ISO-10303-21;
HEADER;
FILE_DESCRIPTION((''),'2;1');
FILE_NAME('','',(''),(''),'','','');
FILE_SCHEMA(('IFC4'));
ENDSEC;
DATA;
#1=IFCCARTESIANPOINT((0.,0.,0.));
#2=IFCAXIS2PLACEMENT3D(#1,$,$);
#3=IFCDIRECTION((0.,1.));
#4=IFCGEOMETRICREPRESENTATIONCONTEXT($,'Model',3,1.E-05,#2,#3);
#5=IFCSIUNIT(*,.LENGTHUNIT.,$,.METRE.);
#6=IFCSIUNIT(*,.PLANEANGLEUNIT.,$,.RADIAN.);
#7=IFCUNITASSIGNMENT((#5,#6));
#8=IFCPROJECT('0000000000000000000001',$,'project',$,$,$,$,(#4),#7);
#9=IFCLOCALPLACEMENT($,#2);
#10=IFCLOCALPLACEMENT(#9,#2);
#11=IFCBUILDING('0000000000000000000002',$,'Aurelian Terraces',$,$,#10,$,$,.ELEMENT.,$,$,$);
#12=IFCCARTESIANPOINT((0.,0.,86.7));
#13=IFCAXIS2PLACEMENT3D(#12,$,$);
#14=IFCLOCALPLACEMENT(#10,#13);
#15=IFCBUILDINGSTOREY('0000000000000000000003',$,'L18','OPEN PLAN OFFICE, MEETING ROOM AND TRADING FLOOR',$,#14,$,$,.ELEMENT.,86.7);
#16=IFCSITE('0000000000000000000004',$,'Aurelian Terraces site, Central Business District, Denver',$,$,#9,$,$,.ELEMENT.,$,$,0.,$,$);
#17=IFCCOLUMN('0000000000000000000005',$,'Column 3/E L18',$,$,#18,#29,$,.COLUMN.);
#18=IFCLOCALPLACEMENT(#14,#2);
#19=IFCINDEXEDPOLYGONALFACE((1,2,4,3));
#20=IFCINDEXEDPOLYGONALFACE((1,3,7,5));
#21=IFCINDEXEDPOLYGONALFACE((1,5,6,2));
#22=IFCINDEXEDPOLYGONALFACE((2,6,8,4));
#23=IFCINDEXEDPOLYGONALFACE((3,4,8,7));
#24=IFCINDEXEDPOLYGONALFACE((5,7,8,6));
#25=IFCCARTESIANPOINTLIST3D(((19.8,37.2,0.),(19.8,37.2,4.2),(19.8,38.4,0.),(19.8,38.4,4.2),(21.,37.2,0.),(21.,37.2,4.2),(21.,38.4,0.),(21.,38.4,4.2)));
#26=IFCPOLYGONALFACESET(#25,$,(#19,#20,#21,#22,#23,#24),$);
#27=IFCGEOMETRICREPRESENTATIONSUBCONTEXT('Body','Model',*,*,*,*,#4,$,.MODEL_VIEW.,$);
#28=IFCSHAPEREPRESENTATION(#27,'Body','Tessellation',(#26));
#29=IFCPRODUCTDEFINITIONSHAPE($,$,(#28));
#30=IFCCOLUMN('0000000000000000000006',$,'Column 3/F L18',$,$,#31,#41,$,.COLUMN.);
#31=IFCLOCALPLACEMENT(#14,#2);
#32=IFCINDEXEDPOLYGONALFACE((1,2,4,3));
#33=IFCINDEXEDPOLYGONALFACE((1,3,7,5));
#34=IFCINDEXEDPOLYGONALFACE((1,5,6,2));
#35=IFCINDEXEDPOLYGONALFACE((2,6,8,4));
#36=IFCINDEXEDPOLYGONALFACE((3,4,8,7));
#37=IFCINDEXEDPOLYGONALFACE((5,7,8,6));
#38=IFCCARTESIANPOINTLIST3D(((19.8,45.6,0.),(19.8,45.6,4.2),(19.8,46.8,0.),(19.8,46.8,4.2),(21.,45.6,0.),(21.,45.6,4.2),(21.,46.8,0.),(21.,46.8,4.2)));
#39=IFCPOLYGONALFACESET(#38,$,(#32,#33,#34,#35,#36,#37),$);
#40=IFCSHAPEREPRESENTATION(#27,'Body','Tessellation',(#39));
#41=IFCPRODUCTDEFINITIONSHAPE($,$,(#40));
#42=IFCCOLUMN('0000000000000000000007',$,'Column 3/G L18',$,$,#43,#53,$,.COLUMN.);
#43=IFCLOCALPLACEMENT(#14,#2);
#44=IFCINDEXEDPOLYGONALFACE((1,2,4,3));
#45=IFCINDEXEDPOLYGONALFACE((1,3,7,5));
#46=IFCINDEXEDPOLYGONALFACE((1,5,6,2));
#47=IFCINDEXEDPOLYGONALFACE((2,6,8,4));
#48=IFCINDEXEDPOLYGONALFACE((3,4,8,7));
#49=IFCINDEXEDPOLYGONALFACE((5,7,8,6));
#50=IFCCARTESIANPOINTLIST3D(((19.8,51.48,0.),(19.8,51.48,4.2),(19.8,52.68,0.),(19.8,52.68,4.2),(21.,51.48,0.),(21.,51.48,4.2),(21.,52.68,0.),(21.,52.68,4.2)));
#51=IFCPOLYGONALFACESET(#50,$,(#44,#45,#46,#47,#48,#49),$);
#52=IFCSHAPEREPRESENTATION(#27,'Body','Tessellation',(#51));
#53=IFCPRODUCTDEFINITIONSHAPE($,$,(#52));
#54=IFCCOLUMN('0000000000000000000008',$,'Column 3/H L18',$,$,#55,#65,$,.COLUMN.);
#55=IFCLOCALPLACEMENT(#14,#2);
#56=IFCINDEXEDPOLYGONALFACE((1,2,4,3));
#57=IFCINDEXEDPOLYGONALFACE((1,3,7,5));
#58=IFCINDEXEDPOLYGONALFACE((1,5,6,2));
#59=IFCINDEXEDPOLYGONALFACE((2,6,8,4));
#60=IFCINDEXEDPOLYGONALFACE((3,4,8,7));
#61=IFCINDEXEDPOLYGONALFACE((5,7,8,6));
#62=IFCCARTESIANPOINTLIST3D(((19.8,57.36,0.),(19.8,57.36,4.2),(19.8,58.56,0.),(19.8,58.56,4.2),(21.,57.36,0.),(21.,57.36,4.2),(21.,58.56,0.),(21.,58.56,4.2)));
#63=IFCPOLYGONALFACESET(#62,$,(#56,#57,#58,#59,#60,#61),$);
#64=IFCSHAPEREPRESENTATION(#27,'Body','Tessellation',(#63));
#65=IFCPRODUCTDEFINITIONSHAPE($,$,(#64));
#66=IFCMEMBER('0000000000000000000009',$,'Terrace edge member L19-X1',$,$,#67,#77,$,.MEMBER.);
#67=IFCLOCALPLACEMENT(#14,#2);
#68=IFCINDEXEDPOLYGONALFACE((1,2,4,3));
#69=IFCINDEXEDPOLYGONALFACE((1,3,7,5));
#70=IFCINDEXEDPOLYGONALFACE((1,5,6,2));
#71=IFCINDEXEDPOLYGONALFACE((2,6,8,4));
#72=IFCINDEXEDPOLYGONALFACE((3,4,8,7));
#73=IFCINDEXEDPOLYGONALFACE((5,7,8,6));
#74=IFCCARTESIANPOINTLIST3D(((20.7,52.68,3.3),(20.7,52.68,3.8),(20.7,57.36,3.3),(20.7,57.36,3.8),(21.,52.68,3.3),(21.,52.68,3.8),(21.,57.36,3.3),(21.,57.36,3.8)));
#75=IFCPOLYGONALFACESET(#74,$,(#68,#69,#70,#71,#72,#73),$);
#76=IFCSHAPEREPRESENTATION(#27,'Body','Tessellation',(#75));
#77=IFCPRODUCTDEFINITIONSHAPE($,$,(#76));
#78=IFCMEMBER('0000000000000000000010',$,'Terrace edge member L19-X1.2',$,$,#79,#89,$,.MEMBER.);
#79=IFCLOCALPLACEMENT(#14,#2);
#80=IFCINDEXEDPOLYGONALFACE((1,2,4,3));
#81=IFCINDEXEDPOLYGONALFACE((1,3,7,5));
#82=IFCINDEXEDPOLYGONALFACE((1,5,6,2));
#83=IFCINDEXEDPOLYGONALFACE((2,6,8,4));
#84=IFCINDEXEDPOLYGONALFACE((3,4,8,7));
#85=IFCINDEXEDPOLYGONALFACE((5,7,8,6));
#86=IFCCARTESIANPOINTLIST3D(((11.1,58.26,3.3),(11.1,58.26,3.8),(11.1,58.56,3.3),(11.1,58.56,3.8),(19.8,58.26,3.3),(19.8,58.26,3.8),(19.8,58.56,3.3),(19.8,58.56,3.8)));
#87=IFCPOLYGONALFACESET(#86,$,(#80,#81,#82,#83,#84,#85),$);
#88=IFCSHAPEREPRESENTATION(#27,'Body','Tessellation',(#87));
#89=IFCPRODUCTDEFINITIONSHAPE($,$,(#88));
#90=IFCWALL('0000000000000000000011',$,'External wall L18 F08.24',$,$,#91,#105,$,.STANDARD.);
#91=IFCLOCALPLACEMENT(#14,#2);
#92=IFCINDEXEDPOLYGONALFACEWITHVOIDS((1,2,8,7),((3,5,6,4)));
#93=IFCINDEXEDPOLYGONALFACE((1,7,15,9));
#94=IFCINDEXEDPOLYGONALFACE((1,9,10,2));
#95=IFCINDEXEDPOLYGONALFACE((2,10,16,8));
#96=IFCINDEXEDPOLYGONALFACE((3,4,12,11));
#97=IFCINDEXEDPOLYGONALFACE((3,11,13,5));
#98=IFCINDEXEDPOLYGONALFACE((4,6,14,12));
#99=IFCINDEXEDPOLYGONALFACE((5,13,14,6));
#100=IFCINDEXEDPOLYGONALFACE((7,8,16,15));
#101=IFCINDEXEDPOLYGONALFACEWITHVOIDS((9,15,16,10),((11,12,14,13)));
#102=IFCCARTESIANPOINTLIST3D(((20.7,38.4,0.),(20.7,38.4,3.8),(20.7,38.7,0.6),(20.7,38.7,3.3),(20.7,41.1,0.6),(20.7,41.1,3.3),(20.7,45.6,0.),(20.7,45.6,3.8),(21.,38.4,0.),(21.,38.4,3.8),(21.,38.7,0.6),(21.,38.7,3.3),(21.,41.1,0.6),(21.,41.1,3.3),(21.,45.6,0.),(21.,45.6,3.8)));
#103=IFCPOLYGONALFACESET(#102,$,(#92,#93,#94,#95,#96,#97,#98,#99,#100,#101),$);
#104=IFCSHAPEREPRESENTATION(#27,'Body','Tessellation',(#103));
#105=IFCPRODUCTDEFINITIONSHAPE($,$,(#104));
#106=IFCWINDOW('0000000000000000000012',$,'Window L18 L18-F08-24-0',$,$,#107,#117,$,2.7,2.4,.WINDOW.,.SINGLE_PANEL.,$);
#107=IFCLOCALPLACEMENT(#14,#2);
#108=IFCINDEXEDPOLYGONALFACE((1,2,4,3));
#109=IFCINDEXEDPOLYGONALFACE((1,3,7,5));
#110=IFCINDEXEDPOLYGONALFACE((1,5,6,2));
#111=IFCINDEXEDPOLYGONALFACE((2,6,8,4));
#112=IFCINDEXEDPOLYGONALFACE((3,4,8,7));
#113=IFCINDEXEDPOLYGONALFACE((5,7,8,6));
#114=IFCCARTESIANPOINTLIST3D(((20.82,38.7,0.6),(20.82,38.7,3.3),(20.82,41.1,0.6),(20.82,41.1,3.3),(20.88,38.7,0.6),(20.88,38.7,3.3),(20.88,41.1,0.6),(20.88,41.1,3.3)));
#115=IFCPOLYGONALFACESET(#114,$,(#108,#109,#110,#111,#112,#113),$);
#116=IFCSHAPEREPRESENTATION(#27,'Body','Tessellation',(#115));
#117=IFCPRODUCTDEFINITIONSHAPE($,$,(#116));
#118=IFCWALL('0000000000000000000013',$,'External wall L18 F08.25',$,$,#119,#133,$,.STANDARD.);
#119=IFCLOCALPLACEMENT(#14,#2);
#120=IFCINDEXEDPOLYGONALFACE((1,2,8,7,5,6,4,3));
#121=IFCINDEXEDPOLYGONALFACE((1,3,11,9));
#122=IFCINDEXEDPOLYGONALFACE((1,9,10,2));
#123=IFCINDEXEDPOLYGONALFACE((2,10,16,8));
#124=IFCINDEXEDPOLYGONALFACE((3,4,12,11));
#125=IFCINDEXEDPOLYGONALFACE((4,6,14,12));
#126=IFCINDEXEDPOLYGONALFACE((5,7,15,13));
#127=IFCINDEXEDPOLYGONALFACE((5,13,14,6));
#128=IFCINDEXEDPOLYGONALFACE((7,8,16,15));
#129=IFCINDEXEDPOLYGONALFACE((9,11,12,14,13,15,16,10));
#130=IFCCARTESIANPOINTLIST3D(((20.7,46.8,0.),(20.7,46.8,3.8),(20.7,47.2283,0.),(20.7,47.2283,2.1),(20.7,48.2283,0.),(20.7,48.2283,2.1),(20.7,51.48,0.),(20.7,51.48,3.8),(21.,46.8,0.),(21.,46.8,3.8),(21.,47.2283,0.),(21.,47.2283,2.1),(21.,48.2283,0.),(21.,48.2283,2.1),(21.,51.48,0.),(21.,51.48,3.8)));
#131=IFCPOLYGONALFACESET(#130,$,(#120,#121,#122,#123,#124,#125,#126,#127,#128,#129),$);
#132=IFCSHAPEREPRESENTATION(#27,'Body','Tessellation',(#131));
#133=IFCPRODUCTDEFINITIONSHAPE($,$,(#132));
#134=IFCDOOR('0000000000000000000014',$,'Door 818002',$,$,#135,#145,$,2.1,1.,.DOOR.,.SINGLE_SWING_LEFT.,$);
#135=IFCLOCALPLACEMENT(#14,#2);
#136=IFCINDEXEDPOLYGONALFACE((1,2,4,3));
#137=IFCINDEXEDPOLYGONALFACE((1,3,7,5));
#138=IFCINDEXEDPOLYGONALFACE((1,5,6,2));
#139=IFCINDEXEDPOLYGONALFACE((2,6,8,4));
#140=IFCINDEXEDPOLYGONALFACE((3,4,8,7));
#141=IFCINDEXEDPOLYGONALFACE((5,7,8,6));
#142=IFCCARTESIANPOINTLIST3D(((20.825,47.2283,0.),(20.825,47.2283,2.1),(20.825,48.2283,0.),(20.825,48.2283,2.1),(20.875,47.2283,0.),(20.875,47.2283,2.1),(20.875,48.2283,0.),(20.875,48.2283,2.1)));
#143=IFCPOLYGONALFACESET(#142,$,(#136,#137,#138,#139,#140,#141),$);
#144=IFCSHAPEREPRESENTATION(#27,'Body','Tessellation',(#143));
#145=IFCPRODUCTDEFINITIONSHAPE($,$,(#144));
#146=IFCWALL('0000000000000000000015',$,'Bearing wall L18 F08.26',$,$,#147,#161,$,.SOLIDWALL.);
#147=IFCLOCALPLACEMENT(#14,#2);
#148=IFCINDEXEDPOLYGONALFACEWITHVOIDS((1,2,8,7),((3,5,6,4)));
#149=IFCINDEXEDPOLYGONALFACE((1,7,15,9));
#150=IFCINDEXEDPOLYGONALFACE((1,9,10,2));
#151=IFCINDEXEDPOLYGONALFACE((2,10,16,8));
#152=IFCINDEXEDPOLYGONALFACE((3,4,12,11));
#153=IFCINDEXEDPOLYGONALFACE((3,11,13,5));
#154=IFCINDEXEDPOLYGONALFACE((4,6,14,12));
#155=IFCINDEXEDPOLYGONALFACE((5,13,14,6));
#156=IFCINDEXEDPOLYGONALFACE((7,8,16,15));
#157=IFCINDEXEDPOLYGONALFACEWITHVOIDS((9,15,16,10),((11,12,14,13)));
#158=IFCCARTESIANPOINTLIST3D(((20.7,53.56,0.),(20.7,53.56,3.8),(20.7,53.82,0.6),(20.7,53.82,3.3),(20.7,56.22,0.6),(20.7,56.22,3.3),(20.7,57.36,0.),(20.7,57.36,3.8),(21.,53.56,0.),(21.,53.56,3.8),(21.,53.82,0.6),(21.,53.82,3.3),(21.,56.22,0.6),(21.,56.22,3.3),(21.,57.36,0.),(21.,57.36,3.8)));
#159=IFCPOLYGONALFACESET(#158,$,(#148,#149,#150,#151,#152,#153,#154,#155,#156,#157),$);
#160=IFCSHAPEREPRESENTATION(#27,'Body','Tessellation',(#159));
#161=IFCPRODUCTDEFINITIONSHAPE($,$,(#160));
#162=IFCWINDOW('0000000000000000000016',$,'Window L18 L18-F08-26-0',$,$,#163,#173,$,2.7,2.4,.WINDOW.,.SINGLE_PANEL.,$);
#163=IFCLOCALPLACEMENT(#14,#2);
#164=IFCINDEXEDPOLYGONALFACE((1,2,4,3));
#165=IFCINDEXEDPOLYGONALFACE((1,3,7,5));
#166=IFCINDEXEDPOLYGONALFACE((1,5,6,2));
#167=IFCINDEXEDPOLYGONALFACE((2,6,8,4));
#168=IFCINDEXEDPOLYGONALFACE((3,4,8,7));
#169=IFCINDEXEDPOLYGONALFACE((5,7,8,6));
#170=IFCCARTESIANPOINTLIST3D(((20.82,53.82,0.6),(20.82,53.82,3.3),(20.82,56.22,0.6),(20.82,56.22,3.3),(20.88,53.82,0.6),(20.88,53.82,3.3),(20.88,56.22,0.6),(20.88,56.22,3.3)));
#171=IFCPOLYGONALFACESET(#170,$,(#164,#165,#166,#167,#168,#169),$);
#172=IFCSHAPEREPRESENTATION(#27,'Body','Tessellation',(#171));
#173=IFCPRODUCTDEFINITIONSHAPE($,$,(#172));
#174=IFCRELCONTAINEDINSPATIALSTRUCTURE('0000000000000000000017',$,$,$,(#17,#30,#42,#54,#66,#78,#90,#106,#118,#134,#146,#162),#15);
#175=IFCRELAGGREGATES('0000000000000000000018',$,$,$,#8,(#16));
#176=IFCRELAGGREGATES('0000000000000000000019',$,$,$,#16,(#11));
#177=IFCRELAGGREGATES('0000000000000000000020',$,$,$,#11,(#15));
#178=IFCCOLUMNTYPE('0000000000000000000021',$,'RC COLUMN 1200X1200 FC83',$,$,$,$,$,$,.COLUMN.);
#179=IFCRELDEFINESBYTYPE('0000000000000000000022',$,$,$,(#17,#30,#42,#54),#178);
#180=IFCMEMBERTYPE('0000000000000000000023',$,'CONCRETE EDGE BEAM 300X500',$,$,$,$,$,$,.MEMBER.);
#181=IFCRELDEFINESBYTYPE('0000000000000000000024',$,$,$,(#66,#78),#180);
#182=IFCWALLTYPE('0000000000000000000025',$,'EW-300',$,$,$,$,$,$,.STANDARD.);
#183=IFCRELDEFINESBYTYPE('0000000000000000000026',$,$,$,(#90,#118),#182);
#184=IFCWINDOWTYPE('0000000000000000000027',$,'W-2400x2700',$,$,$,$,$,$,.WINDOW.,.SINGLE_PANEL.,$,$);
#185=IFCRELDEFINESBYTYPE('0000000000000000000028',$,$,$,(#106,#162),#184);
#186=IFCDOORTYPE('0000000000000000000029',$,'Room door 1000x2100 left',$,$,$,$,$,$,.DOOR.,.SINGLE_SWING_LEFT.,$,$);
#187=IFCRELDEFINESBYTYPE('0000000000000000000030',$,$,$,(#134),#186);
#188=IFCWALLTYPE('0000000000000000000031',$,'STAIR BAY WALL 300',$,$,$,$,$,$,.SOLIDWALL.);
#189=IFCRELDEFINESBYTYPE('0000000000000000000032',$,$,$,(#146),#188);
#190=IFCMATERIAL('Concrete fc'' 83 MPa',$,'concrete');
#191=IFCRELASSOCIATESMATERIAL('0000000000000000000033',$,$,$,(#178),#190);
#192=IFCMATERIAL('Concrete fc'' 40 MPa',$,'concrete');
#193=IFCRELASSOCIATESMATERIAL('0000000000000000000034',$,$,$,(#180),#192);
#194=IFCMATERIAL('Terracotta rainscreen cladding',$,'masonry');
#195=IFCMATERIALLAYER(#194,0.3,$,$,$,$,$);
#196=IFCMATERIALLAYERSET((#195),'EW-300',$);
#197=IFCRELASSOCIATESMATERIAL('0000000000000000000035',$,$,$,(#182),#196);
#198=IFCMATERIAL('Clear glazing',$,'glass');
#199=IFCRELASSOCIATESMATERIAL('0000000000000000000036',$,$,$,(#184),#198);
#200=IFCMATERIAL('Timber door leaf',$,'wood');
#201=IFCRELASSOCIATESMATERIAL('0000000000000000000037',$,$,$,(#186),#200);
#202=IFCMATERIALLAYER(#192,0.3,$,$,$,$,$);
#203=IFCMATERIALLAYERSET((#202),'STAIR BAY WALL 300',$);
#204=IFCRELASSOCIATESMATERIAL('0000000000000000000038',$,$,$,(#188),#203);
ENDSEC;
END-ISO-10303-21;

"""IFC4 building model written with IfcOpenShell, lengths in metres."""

from ifc_helpers import new_model, si_unit, direction, frame, frame_2d, origin, origin_2d, place, context, subcontext, project, spatial, rectangle, extrude, source, transform, mapped, material, layer, layer_set, material_profile, profile_set, type_object, element, fill, save


model = new_model("IFC4")

# Units and contexts
model_context = context("Model", 3, precision=1e-05, world=origin(), true_north=direction((0.0, 1.0)))
body_context = subcontext(model_context, "Body", "Model", "MODEL_VIEW")
ifc_project = project(units=[si_unit("LENGTHUNIT", "METRE"), si_unit("PLANEANGLEUNIT", "RADIAN")], contexts=[model_context])

# Site, building, storey
site_placement = place(None, origin())
site = spatial("IfcSite", under=ifc_project, at=site_placement, Name="Aurelian Terraces site, Central Business District, Denver", CompositionType="ELEMENT", RefElevation=0.0)
building_placement = place(site_placement, origin())
building = spatial("IfcBuilding", under=site, at=building_placement, Name="Aurelian Terraces", CompositionType="ELEMENT")
storey_placement = place(building_placement, frame((0.0, 0.0, 86.7)))
storey = spatial("IfcBuildingStorey", under=building, at=storey_placement, Name="L18", Description="OPEN PLAN OFFICE, MEETING ROOM AND TRADING FLOOR", CompositionType="ELEMENT", Elevation=86.7)

# Columns
ifc_material_1 = material(Name="Concrete fc' 83 MPa", Category="concrete")
ifc_material_profile_1 = material_profile(ifc_material_1, rectangle(XDim=1.2, YDim=1.2, at=origin_2d()))
ifc_profile_set_1 = profile_set([ifc_material_profile_1], Name="Concrete fc' 83 MPa")
column_type = type_object("IfcColumnType", Name="RC COLUMN 1200X1200 FC83", PredefinedType="COLUMN", material=ifc_profile_set_1)
shared_shape_1 = source(origin(), body_context, "Body", "SweptSolid", [
    extrude(rectangle(XDim=1.2, YDim=1.2, at=origin_2d()), origin(), (0.0, 0.0, 1.0), 4.2),
])
for number, where, z_axis, x_axis, name in (
    (1, (20.4, 37.8, 0.0), (0.0, 0.0, 1.0), (1.0, 0.0, 0.0), "Column 3/E L18"),
    (2, (20.4, 46.2, 0.0), (0.0, 0.0, 1.0), (1.0, 0.0, 0.0), "Column 3/F L18"),
    (3, (20.4, 52.08, 0.0), (0.0, 0.0, 1.0), (1.0, 0.0, 0.0), "Column 3/G L18"),
    (4, (20.4, 57.96, 0.0), (0.0, 0.0, 1.0), (1.0, 0.0, 0.0), "Column 3/H L18"),
):
    element("IfcColumn", number, at=place(storey_placement, frame(where, z_axis=z_axis, x_axis=x_axis)), inside=storey, type_object=column_type, Name=name, PredefinedType="COLUMN", context=body_context, shape_type="MappedRepresentation", body=[
        mapped(shared_shape_1, transform((0.0, 0.0, 0.0), scale=1.0)),
    ])

# Members
ifc_material_2 = material(Name="Concrete fc' 40 MPa", Category="concrete")
ifc_material_profile_2 = material_profile(ifc_material_2, rectangle(XDim=0.3, YDim=0.5, at=origin_2d()))
ifc_profile_set_2 = profile_set([ifc_material_profile_2], Name="Concrete fc' 40 MPa")
member_type = type_object("IfcMemberType", Name="CONCRETE EDGE BEAM 300X500", PredefinedType="MEMBER", material=ifc_profile_set_2)
shared_shape_2 = source(origin(), body_context, "Body", "SweptSolid", [
    extrude(rectangle(XDim=0.3, YDim=0.5, at=origin_2d()), origin(), (0.0, 0.0, 1.0), 4.68),
])
member_1_placement = place(storey_placement, frame((20.85, 57.36, 3.55), z_axis=(0.0, -1.0, 0.0), x_axis=(1.0, 0.0, 0.0)))
element("IfcMember", 5, at=member_1_placement, inside=storey, type_object=member_type, Name="Terrace edge member L19-X1", PredefinedType="MEMBER", context=body_context, shape_type="MappedRepresentation", body=[
    mapped(shared_shape_2, transform((0.0, 0.0, 0.0), scale=1.0)),
])
shared_shape_3 = source(origin(), body_context, "Body", "SweptSolid", [
    extrude(rectangle(XDim=0.3, YDim=0.5, at=origin_2d()), origin(), (0.0, 0.0, 1.0), 8.7),
])
member_2_placement = place(storey_placement, frame((19.8, 58.41, 3.55), z_axis=(-1.0, 0.0, 0.0), x_axis=(0.0, -1.0, 0.0)))
element("IfcMember", 6, at=member_2_placement, inside=storey, type_object=member_type, Name="Terrace edge member L19-X1.2", PredefinedType="MEMBER", context=body_context, shape_type="MappedRepresentation", body=[
    mapped(shared_shape_3, transform((0.0, 0.0, 0.0), scale=1.0)),
])

# Wall, opening, window
ifc_material_3 = material(Name="Terracotta rainscreen cladding", Category="masonry")
ifc_layer_1 = layer(ifc_material_3, 0.3)
ifc_layer_set_1 = layer_set([ifc_layer_1], Name="EW-300")
wall_type_1 = type_object("IfcWallType", Name="EW-300", PredefinedType="STANDARD", material=ifc_layer_set_1)
shared_shape_4 = source(origin(), body_context, "Body", "SweptSolid", [
    extrude(rectangle(XDim=7.2, YDim=0.3, at=frame_2d((3.6, 0.0))), origin(), (0.0, 0.0, 1.0), 3.8),
])
wall_1_placement = place(storey_placement, frame((20.85, 38.4, 0.0), z_axis=(0.0, 0.0, 1.0), x_axis=(0.0, 1.0, 0.0)))
wall_1 = element("IfcWall", 7, at=wall_1_placement, inside=storey, type_object=wall_type_1, Name="External wall L18 F08.24", PredefinedType="STANDARD", context=body_context, shape_type="MappedRepresentation", body=[
    mapped(shared_shape_4, transform((0.0, 0.0, 0.0), scale=1.0)),
])
shared_shape_5 = source(origin(), body_context, "Body", "SweptSolid", [
    extrude(rectangle(XDim=2.4, YDim=2.7, at=frame_2d((1.2, 1.35))), frame((0.0, 0.16, 0.0), z_axis=(0.0, -1.0, 0.0), x_axis=(1.0, 0.0, 0.0)), (0.0, 0.0, 1.0), 0.32),
])
opening_1_placement = place(wall_1_placement, frame((0.3, 0.0, 0.6)))
opening_1 = element("IfcOpeningElement", 8, at=opening_1_placement, cuts=wall_1, PredefinedType="OPENING", context=body_context, shape_type="MappedRepresentation", body=[
    mapped(shared_shape_5, transform((0.0, 0.0, 0.0), scale=1.0)),
])
ifc_material_4 = material(Name="Clear glazing", Category="glass")
window_type_1 = type_object("IfcWindowType", Name="W-2400x2700", PartitioningType="SINGLE_PANEL", PredefinedType="WINDOW", material=ifc_material_4)
shared_shape_6 = source(origin(), body_context, "Body", "SweptSolid", [
    extrude(rectangle(XDim=2.4, YDim=2.7, at=frame_2d((1.2, 1.35))), frame((0.0, 0.03, 0.0), z_axis=(0.0, -1.0, 0.0), x_axis=(1.0, 0.0, 0.0)), (0.0, 0.0, 1.0), 0.06),
])
window_1_placement = place(opening_1_placement, origin())
window_1 = element("IfcWindow", 9, at=window_1_placement, inside=storey, type_object=window_type_1, Name="Window L18 L18-F08-24-0", OverallHeight=2.7, OverallWidth=2.4, PartitioningType="SINGLE_PANEL", PredefinedType="WINDOW", context=body_context, shape_type="MappedRepresentation", body=[
    mapped(shared_shape_6, transform((0.0, 0.0, 0.0), scale=1.0)),
])
fill(opening_1, window_1)

# Wall, opening, door
shared_shape_7 = source(origin(), body_context, "Body", "SweptSolid", [
    extrude(rectangle(XDim=4.68, YDim=0.3, at=frame_2d((2.34, 0.0))), origin(), (0.0, 0.0, 1.0), 3.8),
])
wall_2_placement = place(storey_placement, frame((20.85, 46.8, 0.0), z_axis=(0.0, 0.0, 1.0), x_axis=(0.0, 1.0, 0.0)))
wall_2 = element("IfcWall", 10, at=wall_2_placement, inside=storey, type_object=wall_type_1, Name="External wall L18 F08.25", PredefinedType="STANDARD", context=body_context, shape_type="MappedRepresentation", body=[
    mapped(shared_shape_7, transform((0.0, 0.0, 0.0), scale=1.0)),
])
shared_shape_8 = source(origin(), body_context, "Body", "SweptSolid", [
    extrude(rectangle(XDim=1.0, YDim=2.1, at=frame_2d((0.5, 1.05))), frame((0.0, 0.16, 0.0), z_axis=(0.0, -1.0, 0.0), x_axis=(1.0, 0.0, 0.0)), (0.0, 0.0, 1.0), 0.32),
])
opening_2_placement = place(wall_2_placement, frame((0.4283, 0.0, 0.0)))
opening_2 = element("IfcOpeningElement", 11, at=opening_2_placement, cuts=wall_2, PredefinedType="OPENING", context=body_context, shape_type="MappedRepresentation", body=[
    mapped(shared_shape_8, transform((0.0, 0.0, 0.0), scale=1.0)),
])
ifc_material_5 = material(Name="Timber door leaf", Category="wood")
door_type = type_object("IfcDoorType", Name="Room door 1000x2100 left", OperationType="SINGLE_SWING_LEFT", PredefinedType="DOOR", material=ifc_material_5)
shared_shape_9 = source(origin(), body_context, "Body", "SweptSolid", [
    extrude(rectangle(XDim=1.0, YDim=2.1, at=frame_2d((0.5, 1.05))), frame((0.0, 0.025, 0.0), z_axis=(0.0, -1.0, 0.0), x_axis=(1.0, 0.0, 0.0)), (0.0, 0.0, 1.0), 0.05),
])
door_placement = place(opening_2_placement, origin())
door = element("IfcDoor", 12, at=door_placement, inside=storey, type_object=door_type, Name="Door 818002", OperationType="SINGLE_SWING_LEFT", OverallHeight=2.1, OverallWidth=1.0, PredefinedType="DOOR", context=body_context, shape_type="MappedRepresentation", body=[
    mapped(shared_shape_9, transform((0.0, 0.0, 0.0), scale=1.0)),
])
fill(opening_2, door)

# Wall, opening, window
ifc_layer_2 = layer(ifc_material_2, 0.3)
ifc_layer_set_2 = layer_set([ifc_layer_2], Name="STAIR BAY WALL 300")
wall_type_2 = type_object("IfcWallType", Name="STAIR BAY WALL 300", PredefinedType="SOLIDWALL", material=ifc_layer_set_2)
shared_shape_10 = source(origin(), body_context, "Body", "SweptSolid", [
    extrude(rectangle(XDim=3.8, YDim=0.3, at=frame_2d((1.9, 0.0))), origin(), (0.0, 0.0, 1.0), 3.8),
])
wall_3_placement = place(storey_placement, frame((20.85, 53.56, 0.0), z_axis=(0.0, 0.0, 1.0), x_axis=(0.0, 1.0, 0.0)))
wall_3 = element("IfcWall", 13, at=wall_3_placement, inside=storey, type_object=wall_type_2, Name="Bearing wall L18 F08.26", PredefinedType="SOLIDWALL", context=body_context, shape_type="MappedRepresentation", body=[
    mapped(shared_shape_10, transform((0.0, 0.0, 0.0), scale=1.0)),
])
opening_3_placement = place(wall_3_placement, frame((0.26, 0.0, 0.6)))
opening_3 = element("IfcOpeningElement", 14, at=opening_3_placement, cuts=wall_3, PredefinedType="OPENING", context=body_context, shape_type="MappedRepresentation", body=[
    mapped(shared_shape_5, transform((0.0, 0.0, 0.0), scale=1.0)),
])
window_2_placement = place(opening_3_placement, origin())
window_2 = element("IfcWindow", 15, at=window_2_placement, inside=storey, type_object=window_type_1, Name="Window L18 L18-F08-26-0", OverallHeight=2.7, OverallWidth=2.4, PartitioningType="SINGLE_PANEL", PredefinedType="WINDOW", context=body_context, shape_type="MappedRepresentation", body=[
    mapped(shared_shape_6, transform((0.0, 0.0, 0.0), scale=1.0)),
])
fill(opening_3, window_2)

save(model, "model.ifc")
